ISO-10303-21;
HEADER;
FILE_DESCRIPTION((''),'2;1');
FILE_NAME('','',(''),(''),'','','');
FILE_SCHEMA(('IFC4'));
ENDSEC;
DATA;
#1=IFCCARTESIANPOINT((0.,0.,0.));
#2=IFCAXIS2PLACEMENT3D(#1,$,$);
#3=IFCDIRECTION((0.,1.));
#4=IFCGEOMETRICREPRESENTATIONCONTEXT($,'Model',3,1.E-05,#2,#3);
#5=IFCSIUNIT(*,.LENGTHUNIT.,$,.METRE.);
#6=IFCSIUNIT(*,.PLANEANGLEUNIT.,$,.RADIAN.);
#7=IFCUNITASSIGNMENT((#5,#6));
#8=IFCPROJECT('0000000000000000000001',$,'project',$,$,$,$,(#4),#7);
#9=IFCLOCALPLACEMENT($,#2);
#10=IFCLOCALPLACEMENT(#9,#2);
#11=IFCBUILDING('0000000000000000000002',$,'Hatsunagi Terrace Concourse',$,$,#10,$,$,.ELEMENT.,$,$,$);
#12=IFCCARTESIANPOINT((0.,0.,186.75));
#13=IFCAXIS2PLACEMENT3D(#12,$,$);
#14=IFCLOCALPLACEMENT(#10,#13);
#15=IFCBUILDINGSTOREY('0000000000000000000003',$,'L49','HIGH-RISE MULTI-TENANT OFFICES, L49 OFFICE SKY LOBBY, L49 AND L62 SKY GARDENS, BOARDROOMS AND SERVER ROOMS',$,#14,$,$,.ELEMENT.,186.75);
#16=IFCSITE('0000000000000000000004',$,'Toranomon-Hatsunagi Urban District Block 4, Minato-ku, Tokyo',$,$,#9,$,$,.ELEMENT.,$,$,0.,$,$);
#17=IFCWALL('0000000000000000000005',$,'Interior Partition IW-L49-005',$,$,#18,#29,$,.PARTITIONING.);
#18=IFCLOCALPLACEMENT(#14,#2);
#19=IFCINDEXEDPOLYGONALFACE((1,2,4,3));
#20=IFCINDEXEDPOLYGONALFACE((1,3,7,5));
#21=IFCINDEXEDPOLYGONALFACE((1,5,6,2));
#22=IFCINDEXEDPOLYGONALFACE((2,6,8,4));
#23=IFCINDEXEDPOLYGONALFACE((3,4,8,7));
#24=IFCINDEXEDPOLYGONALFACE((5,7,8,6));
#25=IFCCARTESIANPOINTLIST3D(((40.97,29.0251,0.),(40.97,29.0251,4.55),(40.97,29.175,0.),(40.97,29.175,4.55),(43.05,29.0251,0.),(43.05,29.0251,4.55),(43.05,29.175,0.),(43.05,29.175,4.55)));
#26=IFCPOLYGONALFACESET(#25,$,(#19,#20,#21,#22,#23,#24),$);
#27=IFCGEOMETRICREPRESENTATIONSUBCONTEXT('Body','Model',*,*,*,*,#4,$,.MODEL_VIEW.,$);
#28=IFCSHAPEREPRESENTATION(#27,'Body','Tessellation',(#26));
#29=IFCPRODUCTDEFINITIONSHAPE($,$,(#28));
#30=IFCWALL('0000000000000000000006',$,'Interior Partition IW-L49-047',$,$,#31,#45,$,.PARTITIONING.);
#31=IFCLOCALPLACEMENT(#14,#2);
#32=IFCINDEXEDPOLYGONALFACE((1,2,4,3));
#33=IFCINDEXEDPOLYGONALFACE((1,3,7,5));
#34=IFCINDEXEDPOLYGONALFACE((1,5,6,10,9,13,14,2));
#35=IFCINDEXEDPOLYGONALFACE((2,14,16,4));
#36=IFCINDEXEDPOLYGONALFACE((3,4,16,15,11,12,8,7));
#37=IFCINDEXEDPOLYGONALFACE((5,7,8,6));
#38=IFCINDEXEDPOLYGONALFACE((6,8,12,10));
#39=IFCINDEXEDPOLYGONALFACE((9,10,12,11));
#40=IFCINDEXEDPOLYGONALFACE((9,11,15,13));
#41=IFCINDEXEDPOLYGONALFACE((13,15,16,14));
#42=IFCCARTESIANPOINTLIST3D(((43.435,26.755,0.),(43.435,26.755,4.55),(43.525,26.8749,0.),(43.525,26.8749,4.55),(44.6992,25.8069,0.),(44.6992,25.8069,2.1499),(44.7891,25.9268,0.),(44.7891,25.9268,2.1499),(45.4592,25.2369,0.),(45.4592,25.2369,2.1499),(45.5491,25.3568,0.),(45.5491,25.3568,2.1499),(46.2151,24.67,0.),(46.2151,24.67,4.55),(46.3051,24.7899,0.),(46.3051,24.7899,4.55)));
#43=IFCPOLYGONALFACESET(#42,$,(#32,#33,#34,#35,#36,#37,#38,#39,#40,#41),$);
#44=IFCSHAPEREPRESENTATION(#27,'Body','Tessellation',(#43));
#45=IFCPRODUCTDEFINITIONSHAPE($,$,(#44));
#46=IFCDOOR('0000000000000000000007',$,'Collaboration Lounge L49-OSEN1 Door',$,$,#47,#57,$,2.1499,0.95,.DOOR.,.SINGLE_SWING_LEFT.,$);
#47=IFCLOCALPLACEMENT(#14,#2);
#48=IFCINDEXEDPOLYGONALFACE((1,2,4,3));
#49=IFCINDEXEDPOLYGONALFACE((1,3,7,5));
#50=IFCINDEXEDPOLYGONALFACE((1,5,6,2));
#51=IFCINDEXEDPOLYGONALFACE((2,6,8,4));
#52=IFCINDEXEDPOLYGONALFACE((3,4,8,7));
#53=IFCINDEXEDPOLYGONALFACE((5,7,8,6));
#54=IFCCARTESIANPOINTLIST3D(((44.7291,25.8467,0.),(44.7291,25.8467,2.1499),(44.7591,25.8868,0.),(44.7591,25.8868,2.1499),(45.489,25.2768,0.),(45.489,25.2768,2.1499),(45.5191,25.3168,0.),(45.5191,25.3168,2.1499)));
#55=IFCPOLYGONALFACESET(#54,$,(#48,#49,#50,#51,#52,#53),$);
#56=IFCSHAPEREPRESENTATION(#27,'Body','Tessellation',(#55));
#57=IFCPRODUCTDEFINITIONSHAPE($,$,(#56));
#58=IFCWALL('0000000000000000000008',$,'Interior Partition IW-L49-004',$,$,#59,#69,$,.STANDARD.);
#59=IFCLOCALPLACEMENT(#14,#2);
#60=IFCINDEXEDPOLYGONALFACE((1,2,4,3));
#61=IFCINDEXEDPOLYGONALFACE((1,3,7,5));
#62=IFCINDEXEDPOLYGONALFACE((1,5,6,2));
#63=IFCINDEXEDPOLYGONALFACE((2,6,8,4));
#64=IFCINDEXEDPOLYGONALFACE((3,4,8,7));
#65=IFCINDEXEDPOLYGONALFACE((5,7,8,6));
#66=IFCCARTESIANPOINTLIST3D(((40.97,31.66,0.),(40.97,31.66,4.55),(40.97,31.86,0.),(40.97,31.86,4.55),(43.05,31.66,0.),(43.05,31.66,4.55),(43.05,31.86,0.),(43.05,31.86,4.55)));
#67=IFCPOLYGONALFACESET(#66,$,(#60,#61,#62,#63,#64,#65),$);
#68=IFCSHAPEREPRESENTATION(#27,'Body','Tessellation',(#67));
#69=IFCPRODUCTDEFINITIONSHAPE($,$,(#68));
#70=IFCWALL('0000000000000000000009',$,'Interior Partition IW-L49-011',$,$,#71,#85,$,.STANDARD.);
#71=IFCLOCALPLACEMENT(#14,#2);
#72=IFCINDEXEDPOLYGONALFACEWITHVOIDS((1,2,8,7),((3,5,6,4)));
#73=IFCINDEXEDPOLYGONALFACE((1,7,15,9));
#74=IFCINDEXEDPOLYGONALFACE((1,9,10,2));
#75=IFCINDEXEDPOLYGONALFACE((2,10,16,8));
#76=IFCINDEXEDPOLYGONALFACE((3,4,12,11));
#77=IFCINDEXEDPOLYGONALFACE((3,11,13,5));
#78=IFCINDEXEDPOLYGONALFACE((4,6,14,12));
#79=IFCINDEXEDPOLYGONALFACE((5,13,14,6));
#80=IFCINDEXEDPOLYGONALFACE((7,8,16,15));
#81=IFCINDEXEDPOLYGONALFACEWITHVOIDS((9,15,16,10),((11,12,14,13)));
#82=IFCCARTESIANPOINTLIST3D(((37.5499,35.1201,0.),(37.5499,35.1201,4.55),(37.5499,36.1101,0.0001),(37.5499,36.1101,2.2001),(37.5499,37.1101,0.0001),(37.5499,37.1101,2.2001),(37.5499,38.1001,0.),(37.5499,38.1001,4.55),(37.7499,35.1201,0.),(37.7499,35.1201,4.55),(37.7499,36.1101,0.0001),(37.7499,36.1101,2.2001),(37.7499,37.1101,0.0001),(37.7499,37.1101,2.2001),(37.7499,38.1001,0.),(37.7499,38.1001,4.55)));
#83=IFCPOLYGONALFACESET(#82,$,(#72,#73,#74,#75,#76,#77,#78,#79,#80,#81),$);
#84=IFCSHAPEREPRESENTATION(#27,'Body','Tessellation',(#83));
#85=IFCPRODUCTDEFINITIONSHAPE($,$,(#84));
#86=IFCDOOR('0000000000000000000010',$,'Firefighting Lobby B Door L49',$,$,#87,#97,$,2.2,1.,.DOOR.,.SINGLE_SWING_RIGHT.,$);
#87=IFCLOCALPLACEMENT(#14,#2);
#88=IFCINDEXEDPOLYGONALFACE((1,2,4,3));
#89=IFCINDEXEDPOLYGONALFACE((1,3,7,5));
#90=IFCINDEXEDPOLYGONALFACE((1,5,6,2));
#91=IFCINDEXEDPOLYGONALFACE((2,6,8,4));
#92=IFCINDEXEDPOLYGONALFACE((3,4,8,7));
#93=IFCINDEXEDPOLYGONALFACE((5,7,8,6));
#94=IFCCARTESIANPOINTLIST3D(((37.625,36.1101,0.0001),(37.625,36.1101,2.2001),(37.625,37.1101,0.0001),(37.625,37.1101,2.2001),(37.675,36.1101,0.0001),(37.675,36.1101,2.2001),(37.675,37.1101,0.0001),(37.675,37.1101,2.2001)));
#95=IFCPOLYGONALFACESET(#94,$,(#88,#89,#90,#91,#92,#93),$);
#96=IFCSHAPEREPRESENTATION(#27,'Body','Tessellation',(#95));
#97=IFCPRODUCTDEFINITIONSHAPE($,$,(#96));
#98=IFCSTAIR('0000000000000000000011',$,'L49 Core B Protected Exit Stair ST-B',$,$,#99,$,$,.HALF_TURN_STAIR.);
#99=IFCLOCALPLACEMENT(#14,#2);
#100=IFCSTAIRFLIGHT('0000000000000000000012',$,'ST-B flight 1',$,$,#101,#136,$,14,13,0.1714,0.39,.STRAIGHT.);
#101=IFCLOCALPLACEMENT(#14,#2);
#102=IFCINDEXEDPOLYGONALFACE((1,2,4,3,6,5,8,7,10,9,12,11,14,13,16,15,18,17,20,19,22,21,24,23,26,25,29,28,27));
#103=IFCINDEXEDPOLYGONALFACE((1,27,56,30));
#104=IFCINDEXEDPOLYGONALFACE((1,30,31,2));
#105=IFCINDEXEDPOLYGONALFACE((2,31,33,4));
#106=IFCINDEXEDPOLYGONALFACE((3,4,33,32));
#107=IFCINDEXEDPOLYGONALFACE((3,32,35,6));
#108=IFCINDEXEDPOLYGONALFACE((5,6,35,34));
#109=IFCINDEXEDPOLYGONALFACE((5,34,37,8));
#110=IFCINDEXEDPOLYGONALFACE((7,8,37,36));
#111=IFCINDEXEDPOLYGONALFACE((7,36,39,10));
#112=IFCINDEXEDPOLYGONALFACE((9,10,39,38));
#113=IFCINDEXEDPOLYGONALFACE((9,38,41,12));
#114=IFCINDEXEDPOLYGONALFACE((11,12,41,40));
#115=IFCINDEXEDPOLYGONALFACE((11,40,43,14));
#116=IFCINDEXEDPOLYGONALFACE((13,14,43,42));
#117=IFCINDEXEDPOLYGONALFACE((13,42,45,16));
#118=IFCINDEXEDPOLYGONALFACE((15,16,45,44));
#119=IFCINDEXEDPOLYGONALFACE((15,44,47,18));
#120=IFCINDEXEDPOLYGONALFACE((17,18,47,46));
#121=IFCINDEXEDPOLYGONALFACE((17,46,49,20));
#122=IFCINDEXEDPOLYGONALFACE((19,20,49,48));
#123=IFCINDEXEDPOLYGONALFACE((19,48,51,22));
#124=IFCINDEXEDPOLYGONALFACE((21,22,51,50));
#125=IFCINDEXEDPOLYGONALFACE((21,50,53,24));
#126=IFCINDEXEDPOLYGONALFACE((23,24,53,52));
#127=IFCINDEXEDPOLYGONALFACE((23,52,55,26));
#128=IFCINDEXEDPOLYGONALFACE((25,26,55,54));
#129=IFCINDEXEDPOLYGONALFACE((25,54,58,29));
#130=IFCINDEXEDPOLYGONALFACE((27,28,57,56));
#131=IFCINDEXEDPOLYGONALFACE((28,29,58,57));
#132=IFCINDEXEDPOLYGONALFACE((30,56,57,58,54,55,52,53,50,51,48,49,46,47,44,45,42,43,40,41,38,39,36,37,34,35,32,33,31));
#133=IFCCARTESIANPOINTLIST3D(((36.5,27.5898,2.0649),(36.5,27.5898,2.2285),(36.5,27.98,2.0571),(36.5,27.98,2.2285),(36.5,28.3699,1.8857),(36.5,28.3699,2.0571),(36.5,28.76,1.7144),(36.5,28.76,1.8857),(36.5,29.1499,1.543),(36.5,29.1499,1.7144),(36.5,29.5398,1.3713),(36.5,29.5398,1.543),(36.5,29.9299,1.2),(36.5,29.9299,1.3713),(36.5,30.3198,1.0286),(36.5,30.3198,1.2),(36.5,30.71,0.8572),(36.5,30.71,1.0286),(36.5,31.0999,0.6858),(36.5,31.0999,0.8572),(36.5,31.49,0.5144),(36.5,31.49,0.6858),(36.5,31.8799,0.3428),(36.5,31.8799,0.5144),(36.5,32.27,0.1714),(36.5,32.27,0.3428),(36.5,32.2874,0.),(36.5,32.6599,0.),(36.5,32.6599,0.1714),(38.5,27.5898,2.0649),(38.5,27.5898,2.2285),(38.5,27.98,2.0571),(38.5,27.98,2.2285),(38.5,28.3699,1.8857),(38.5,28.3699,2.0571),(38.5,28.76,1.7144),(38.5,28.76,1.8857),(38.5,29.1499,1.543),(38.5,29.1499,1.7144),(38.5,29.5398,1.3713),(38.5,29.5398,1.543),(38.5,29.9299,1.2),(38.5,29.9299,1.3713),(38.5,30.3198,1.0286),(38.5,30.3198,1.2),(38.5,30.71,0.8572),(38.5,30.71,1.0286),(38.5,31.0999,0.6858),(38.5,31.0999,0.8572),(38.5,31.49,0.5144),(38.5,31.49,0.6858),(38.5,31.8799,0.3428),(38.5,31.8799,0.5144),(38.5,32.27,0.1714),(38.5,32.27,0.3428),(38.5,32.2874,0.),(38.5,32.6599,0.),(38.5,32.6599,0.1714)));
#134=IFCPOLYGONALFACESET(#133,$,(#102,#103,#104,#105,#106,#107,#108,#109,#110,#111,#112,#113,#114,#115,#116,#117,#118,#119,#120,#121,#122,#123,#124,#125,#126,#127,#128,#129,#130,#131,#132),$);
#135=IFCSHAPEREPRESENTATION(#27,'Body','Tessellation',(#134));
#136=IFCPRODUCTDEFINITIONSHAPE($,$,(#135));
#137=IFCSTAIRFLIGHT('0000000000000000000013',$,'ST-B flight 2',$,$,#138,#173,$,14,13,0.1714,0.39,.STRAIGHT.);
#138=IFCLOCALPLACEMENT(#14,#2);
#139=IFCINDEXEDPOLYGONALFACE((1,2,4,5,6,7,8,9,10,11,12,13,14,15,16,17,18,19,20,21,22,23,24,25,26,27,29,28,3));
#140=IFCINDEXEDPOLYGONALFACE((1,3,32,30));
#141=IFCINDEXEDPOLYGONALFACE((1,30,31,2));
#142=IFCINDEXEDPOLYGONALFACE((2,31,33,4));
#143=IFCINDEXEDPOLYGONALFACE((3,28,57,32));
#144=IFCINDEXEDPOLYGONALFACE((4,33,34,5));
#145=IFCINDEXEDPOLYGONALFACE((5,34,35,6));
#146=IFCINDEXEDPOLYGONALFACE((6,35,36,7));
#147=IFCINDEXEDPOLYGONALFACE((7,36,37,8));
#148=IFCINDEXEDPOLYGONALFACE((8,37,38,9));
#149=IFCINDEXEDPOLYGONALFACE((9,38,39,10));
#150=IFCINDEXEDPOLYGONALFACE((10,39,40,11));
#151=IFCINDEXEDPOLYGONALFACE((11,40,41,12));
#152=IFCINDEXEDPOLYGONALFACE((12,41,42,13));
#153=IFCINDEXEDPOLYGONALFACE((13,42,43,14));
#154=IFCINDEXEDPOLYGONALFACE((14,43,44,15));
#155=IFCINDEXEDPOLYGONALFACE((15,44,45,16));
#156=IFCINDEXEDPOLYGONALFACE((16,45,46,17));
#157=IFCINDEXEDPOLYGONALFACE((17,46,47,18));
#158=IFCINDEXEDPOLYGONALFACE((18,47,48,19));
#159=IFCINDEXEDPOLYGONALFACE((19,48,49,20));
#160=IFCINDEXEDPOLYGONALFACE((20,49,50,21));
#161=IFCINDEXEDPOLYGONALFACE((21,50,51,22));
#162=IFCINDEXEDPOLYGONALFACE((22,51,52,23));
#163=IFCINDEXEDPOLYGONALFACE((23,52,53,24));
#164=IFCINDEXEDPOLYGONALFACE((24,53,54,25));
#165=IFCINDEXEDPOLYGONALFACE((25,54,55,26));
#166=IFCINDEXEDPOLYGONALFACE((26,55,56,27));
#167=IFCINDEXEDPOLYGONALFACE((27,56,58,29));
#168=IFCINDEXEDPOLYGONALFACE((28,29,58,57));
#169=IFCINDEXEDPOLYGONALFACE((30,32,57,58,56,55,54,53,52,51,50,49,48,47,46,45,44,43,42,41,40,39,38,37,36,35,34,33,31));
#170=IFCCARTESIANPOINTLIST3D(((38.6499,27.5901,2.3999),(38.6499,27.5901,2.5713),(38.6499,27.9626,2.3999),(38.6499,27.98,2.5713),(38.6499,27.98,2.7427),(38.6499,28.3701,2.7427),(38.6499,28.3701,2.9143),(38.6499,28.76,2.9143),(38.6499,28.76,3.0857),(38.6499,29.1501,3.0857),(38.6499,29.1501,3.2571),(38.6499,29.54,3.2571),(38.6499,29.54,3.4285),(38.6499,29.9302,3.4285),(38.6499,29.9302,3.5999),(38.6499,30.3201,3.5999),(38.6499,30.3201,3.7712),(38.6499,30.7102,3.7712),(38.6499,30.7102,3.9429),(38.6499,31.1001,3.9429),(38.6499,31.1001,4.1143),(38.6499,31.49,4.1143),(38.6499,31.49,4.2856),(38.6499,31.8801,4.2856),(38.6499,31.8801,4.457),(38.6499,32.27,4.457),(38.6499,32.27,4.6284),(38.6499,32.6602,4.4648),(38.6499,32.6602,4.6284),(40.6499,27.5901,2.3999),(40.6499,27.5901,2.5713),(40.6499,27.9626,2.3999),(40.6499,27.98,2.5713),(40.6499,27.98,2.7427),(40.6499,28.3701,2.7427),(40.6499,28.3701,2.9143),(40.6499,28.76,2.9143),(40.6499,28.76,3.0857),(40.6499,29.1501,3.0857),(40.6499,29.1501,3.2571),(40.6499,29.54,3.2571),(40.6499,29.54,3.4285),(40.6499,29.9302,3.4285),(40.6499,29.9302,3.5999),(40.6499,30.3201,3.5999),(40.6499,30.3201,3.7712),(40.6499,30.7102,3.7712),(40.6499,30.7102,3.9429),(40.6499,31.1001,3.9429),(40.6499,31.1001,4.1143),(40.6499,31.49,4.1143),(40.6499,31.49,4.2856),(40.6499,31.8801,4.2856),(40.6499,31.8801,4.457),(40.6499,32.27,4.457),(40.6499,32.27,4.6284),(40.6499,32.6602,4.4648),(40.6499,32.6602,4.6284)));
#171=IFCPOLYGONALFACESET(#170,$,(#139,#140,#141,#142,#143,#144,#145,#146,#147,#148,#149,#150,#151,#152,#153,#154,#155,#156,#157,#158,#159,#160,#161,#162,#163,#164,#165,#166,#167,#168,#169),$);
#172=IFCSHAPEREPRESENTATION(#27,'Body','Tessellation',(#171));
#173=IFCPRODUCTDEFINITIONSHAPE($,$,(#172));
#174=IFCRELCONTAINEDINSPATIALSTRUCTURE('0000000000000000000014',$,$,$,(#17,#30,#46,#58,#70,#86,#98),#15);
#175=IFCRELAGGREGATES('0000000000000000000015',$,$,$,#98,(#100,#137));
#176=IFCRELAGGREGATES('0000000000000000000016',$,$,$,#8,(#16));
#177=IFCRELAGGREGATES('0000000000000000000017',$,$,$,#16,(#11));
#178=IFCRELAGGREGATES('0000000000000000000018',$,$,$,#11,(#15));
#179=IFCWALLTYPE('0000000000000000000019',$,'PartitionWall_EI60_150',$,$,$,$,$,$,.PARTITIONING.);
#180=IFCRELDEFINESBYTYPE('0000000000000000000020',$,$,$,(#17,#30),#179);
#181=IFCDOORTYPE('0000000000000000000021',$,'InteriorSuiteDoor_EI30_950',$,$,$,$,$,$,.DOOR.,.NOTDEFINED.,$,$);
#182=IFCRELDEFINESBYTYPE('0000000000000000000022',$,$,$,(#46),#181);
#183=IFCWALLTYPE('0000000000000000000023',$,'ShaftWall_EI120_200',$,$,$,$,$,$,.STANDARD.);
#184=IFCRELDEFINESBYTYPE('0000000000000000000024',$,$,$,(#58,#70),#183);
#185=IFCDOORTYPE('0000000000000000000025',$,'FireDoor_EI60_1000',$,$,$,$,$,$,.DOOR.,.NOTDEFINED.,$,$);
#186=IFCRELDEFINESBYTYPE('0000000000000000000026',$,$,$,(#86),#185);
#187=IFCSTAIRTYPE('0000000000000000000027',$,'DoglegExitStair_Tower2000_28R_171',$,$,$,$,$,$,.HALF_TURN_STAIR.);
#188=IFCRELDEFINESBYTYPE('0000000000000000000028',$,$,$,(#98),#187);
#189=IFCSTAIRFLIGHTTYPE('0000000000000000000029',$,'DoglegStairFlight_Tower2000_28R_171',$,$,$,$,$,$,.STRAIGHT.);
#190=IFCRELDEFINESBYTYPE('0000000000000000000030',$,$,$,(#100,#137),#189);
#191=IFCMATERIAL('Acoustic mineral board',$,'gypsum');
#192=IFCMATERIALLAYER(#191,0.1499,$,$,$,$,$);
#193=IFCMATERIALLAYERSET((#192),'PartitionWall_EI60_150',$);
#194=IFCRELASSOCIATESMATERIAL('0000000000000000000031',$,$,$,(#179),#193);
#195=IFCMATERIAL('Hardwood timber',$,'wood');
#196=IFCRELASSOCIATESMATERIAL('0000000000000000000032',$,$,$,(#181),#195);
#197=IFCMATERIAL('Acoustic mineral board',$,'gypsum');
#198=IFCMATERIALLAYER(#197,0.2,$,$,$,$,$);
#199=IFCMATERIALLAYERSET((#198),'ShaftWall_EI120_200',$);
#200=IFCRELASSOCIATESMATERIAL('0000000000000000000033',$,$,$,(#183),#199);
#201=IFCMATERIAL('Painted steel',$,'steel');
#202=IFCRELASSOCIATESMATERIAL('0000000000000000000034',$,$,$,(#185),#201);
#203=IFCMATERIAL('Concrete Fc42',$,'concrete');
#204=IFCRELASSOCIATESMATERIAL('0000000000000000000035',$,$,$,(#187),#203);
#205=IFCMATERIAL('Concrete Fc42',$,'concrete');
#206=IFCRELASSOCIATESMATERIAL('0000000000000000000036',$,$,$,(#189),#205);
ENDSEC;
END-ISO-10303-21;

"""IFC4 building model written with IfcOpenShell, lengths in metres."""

from ifc_helpers import new_model, si_unit, direction, frame, frame_2d, origin, place, context, subcontext, project, spatial, polyline, rectangle, outline, extrude, material, layer, layer_set, type_object, element, fill, aggregate, save


model = new_model("IFC4")

# Units and contexts
model_context = context("Model", 3, precision=1e-05, world=origin(), true_north=direction((0.0, 1.0)))
body_context = subcontext(model_context, "Body", "Model", "MODEL_VIEW")
ifc_project = project(units=[si_unit("LENGTHUNIT", "METRE"), si_unit("PLANEANGLEUNIT", "RADIAN")], contexts=[model_context])

# Site, building, storey
site_placement = place(None, origin())
site = spatial("IfcSite", under=ifc_project, at=site_placement, Name="Toranomon-Hatsunagi Urban District Block 4, Minato-ku, Tokyo", CompositionType="ELEMENT", RefElevation=0.0)
building_placement = place(site_placement, origin())
building = spatial("IfcBuilding", under=site, at=building_placement, Name="Hatsunagi Terrace Concourse", CompositionType="ELEMENT")
storey_placement = place(building_placement, frame((0.0, 0.0, 186.75)))
storey = spatial("IfcBuildingStorey", under=building, at=storey_placement, Name="L49", Description="HIGH-RISE MULTI-TENANT OFFICES, L49 OFFICE SKY LOBBY, L49 AND L62 SKY GARDENS, BOARDROOMS AND SERVER ROOMS", CompositionType="ELEMENT", Elevation=186.75)

# Wall
ifc_material_1 = material(Name="Acoustic mineral board", Category="gypsum")
ifc_layer_1 = layer(ifc_material_1, 0.1499)
ifc_layer_set_1 = layer_set([ifc_layer_1], Name="PartitionWall_EI60_150")
wall_type_1 = type_object("IfcWallType", Name="PartitionWall_EI60_150", PredefinedType="PARTITIONING", material=ifc_layer_set_1)
wall_1_placement = place(storey_placement, frame((40.97, 29.1001, 0.0), z_axis=(0.0, 0.0, 1.0), x_axis=(1.0, 0.0, 0.0)))
element("IfcWall", 1, at=wall_1_placement, inside=storey, type_object=wall_type_1, Name="Interior Partition IW-L49-005", PredefinedType="PARTITIONING", context=body_context, shape_type="SweptSolid", body=[
    extrude(rectangle(XDim=2.0801, YDim=0.1499, at=frame_2d((1.04, 0.0))), origin(), (0.0, 0.0, 1.0), 4.55),
])

# Wall, opening, door
wall_2_placement = place(storey_placement, frame((43.48, 26.8149, 0.0), z_axis=(0.0, 0.0, 1.0), x_axis=(0.800008, -0.599989, 0.0)))
wall_2 = element("IfcWall", 2, at=wall_2_placement, inside=storey, type_object=wall_type_1, Name="Interior Partition IW-L49-047", PredefinedType="PARTITIONING", context=body_context, shape_type="SweptSolid", body=[
    extrude(rectangle(XDim=3.4751, YDim=0.1499, at=frame_2d((1.7375, 0.0))), origin(), (0.0, 0.0, 1.0), 4.55),
])
opening_1_placement = place(wall_2_placement, frame((1.5801, 0.0, 0.0)))
opening_1 = element("IfcOpeningElement", 3, at=opening_1_placement, cuts=wall_2, PredefinedType="OPENING", context=body_context, shape_type="SweptSolid", body=[
    extrude(rectangle(XDim=0.95, YDim=2.1499, at=frame_2d((0.4751, 1.075))), frame((0.0, 0.085, 0.0), z_axis=(0.0, -1.0, 0.0), x_axis=(1.0, 0.0, 0.0)), (0.0, 0.0, 1.0), 0.1699),
])
ifc_material_2 = material(Name="Hardwood timber", Category="wood")
door_type_1 = type_object("IfcDoorType", Name="InteriorSuiteDoor_EI30_950", OperationType="NOTDEFINED", PredefinedType="DOOR", material=ifc_material_2)
door_1_placement = place(opening_1_placement, origin())
door_1 = element("IfcDoor", 4, at=door_1_placement, inside=storey, type_object=door_type_1, Name="Collaboration Lounge L49-OSEN1 Door", OperationType="SINGLE_SWING_LEFT", OverallHeight=2.1499, OverallWidth=0.95, PredefinedType="DOOR", context=body_context, shape_type="SweptSolid", body=[
    extrude(rectangle(XDim=0.95, YDim=2.1499, at=frame_2d((0.4751, 1.075))), frame((0.0, 0.0249, 0.0), z_axis=(0.0, -1.0, 0.0), x_axis=(1.0, 0.0, 0.0)), (0.0, 0.0, 1.0), 0.05),
])
fill(opening_1, door_1)

# Wall
ifc_material_3 = material(Name="Acoustic mineral board", Category="gypsum")
ifc_layer_2 = layer(ifc_material_3, 0.2)
ifc_layer_set_2 = layer_set([ifc_layer_2], Name="ShaftWall_EI120_200")
wall_type_2 = type_object("IfcWallType", Name="ShaftWall_EI120_200", PredefinedType="STANDARD", material=ifc_layer_set_2)
wall_3_placement = place(storey_placement, frame((40.97, 31.76, 0.0), z_axis=(0.0, 0.0, 1.0), x_axis=(1.0, 0.0, 0.0)))
element("IfcWall", 5, at=wall_3_placement, inside=storey, type_object=wall_type_2, Name="Interior Partition IW-L49-004", PredefinedType="STANDARD", context=body_context, shape_type="SweptSolid", body=[
    extrude(rectangle(XDim=2.0801, YDim=0.2, at=frame_2d((1.04, 0.0))), origin(), (0.0, 0.0, 1.0), 4.55),
])

# Wall, opening, door
wall_4_placement = place(storey_placement, frame((37.6499, 35.1201, 0.0), z_axis=(0.0, 0.0, 1.0), x_axis=(0.0, 1.0, 0.0)))
wall_4 = element("IfcWall", 6, at=wall_4_placement, inside=storey, type_object=wall_type_2, Name="Interior Partition IW-L49-011", PredefinedType="STANDARD", context=body_context, shape_type="SweptSolid", body=[
    extrude(rectangle(XDim=2.98, YDim=0.2, at=frame_2d((1.49, 0.0))), origin(), (0.0, 0.0, 1.0), 4.55),
])
opening_2_placement = place(wall_4_placement, frame((0.99, 0.0, 0.0)))
opening_2 = element("IfcOpeningElement", 7, at=opening_2_placement, cuts=wall_4, PredefinedType="OPENING", context=body_context, shape_type="SweptSolid", body=[
    extrude(rectangle(XDim=1.0, YDim=2.2, at=frame_2d((0.5, 1.1001))), frame((0.0, 0.1099, 0.0), z_axis=(0.0, -1.0, 0.0), x_axis=(1.0, 0.0, 0.0)), (0.0, 0.0, 1.0), 0.22),
])
ifc_material_4 = material(Name="Painted steel", Category="steel")
door_type_2 = type_object("IfcDoorType", Name="FireDoor_EI60_1000", OperationType="NOTDEFINED", PredefinedType="DOOR", material=ifc_material_4)
door_2_placement = place(opening_2_placement, origin())
door_2 = element("IfcDoor", 8, at=door_2_placement, inside=storey, type_object=door_type_2, Name="Firefighting Lobby B Door L49", OperationType="SINGLE_SWING_RIGHT", OverallHeight=2.2, OverallWidth=1.0, PredefinedType="DOOR", context=body_context, shape_type="SweptSolid", body=[
    extrude(rectangle(XDim=1.0, YDim=2.2, at=frame_2d((0.5, 1.1001))), frame((0.0, 0.0249, 0.0), z_axis=(0.0, -1.0, 0.0), x_axis=(1.0, 0.0, 0.0)), (0.0, 0.0, 1.0), 0.05),
])
fill(opening_2, door_2)

# Stair, stair flights
ifc_material_5 = material(Name="Concrete Fc42", Category="concrete")
stair_type = type_object("IfcStairType", Name="DoglegExitStair_Tower2000_28R_171", PredefinedType="HALF_TURN_STAIR", material=ifc_material_5)
stair_placement = place(storey_placement, origin())
stair = element("IfcStair", 9, at=stair_placement, inside=storey, type_object=stair_type, Name="L49 Core B Protected Exit Stair ST-B", PredefinedType="HALF_TURN_STAIR")
ifc_material_6 = material(Name="Concrete Fc42", Category="concrete")
stair_flight_type = type_object("IfcStairFlightType", Name="DoglegStairFlight_Tower2000_28R_171", PredefinedType="STRAIGHT", material=ifc_material_6)
stair_flight_1_placement = place(storey_placement, frame((37.5, 32.6599, 0.0), z_axis=(0.0, 0.0, 1.0), x_axis=(0.0, -1.0, 0.0)))
stair_flight_1 = element("IfcStairFlight", 10, at=stair_flight_1_placement, type_object=stair_flight_type, Name="ST-B flight 1", NumberOfRisers=14, NumberOfTreads=13, PredefinedType="STRAIGHT", RiserHeight=0.1714, TreadLength=0.39, context=body_context, shape_type="SweptSolid", body=[
    extrude(outline(polyline([(0.0, 0.0), (0.0, 0.1714), (0.3899, 0.1714), (0.3899, 0.3428), (0.78, 0.3428), (0.78, 0.5144), (1.1699, 0.5144), (1.1699, 0.6858), (1.5601, 0.6858), (1.5601, 0.8572), (1.95, 0.8572), (1.95, 1.0286), (2.3401, 1.0286), (2.3401, 1.2), (2.73, 1.2), (2.73, 1.3713), (3.1201, 1.3713), (3.1201, 1.543), (3.51, 1.543), (3.51, 1.7144), (3.8999, 1.7144), (3.8999, 1.8857), (4.29, 1.8857), (4.29, 2.0571), (4.6799, 2.0571), (4.6799, 2.2285), (5.0701, 2.2285), (5.0701, 2.3999), (5.0701, 2.0649), (0.3726, 0.0), (0.0, 0.0)])), frame((0.0, 1.0, 0.0), z_axis=(0.0, -1.0, 0.0), x_axis=(1.0, 0.0, 0.0)), (0.0, 0.0, 1.0), 2.0),
])
stair_flight_2_placement = place(storey_placement, frame((39.6499, 27.5901, 2.3999), z_axis=(0.0, 0.0, 1.0), x_axis=(0.0, 1.0, 0.0)))
stair_flight_2 = element("IfcStairFlight", 11, at=stair_flight_2_placement, type_object=stair_flight_type, Name="ST-B flight 2", NumberOfRisers=14, NumberOfTreads=13, PredefinedType="STRAIGHT", RiserHeight=0.1714, TreadLength=0.39, context=body_context, shape_type="SweptSolid", body=[
    extrude(outline(polyline([(0.0, 0.0), (0.0, 0.1714), (0.3899, 0.1714), (0.3899, 0.3428), (0.78, 0.3428), (0.78, 0.5144), (1.1699, 0.5144), (1.1699, 0.6858), (1.5601, 0.6858), (1.5601, 0.8572), (1.95, 0.8572), (1.95, 1.0286), (2.3401, 1.0286), (2.3401, 1.2), (2.73, 1.2), (2.73, 1.3713), (3.1201, 1.3713), (3.1201, 1.543), (3.51, 1.543), (3.51, 1.7144), (3.8999, 1.7144), (3.8999, 1.8857), (4.29, 1.8857), (4.29, 2.0571), (4.6799, 2.0571), (4.6799, 2.2285), (5.0701, 2.2285), (5.0701, 2.3999), (5.0701, 2.0649), (0.3726, 0.0), (0.0, 0.0)])), frame((0.0, 1.0, 0.0), z_axis=(0.0, -1.0, 0.0), x_axis=(1.0, 0.0, 0.0)), (0.0, 0.0, 1.0), 2.0),
])
aggregate(stair, [stair_flight_1, stair_flight_2])

save(model, "model.ifc")
